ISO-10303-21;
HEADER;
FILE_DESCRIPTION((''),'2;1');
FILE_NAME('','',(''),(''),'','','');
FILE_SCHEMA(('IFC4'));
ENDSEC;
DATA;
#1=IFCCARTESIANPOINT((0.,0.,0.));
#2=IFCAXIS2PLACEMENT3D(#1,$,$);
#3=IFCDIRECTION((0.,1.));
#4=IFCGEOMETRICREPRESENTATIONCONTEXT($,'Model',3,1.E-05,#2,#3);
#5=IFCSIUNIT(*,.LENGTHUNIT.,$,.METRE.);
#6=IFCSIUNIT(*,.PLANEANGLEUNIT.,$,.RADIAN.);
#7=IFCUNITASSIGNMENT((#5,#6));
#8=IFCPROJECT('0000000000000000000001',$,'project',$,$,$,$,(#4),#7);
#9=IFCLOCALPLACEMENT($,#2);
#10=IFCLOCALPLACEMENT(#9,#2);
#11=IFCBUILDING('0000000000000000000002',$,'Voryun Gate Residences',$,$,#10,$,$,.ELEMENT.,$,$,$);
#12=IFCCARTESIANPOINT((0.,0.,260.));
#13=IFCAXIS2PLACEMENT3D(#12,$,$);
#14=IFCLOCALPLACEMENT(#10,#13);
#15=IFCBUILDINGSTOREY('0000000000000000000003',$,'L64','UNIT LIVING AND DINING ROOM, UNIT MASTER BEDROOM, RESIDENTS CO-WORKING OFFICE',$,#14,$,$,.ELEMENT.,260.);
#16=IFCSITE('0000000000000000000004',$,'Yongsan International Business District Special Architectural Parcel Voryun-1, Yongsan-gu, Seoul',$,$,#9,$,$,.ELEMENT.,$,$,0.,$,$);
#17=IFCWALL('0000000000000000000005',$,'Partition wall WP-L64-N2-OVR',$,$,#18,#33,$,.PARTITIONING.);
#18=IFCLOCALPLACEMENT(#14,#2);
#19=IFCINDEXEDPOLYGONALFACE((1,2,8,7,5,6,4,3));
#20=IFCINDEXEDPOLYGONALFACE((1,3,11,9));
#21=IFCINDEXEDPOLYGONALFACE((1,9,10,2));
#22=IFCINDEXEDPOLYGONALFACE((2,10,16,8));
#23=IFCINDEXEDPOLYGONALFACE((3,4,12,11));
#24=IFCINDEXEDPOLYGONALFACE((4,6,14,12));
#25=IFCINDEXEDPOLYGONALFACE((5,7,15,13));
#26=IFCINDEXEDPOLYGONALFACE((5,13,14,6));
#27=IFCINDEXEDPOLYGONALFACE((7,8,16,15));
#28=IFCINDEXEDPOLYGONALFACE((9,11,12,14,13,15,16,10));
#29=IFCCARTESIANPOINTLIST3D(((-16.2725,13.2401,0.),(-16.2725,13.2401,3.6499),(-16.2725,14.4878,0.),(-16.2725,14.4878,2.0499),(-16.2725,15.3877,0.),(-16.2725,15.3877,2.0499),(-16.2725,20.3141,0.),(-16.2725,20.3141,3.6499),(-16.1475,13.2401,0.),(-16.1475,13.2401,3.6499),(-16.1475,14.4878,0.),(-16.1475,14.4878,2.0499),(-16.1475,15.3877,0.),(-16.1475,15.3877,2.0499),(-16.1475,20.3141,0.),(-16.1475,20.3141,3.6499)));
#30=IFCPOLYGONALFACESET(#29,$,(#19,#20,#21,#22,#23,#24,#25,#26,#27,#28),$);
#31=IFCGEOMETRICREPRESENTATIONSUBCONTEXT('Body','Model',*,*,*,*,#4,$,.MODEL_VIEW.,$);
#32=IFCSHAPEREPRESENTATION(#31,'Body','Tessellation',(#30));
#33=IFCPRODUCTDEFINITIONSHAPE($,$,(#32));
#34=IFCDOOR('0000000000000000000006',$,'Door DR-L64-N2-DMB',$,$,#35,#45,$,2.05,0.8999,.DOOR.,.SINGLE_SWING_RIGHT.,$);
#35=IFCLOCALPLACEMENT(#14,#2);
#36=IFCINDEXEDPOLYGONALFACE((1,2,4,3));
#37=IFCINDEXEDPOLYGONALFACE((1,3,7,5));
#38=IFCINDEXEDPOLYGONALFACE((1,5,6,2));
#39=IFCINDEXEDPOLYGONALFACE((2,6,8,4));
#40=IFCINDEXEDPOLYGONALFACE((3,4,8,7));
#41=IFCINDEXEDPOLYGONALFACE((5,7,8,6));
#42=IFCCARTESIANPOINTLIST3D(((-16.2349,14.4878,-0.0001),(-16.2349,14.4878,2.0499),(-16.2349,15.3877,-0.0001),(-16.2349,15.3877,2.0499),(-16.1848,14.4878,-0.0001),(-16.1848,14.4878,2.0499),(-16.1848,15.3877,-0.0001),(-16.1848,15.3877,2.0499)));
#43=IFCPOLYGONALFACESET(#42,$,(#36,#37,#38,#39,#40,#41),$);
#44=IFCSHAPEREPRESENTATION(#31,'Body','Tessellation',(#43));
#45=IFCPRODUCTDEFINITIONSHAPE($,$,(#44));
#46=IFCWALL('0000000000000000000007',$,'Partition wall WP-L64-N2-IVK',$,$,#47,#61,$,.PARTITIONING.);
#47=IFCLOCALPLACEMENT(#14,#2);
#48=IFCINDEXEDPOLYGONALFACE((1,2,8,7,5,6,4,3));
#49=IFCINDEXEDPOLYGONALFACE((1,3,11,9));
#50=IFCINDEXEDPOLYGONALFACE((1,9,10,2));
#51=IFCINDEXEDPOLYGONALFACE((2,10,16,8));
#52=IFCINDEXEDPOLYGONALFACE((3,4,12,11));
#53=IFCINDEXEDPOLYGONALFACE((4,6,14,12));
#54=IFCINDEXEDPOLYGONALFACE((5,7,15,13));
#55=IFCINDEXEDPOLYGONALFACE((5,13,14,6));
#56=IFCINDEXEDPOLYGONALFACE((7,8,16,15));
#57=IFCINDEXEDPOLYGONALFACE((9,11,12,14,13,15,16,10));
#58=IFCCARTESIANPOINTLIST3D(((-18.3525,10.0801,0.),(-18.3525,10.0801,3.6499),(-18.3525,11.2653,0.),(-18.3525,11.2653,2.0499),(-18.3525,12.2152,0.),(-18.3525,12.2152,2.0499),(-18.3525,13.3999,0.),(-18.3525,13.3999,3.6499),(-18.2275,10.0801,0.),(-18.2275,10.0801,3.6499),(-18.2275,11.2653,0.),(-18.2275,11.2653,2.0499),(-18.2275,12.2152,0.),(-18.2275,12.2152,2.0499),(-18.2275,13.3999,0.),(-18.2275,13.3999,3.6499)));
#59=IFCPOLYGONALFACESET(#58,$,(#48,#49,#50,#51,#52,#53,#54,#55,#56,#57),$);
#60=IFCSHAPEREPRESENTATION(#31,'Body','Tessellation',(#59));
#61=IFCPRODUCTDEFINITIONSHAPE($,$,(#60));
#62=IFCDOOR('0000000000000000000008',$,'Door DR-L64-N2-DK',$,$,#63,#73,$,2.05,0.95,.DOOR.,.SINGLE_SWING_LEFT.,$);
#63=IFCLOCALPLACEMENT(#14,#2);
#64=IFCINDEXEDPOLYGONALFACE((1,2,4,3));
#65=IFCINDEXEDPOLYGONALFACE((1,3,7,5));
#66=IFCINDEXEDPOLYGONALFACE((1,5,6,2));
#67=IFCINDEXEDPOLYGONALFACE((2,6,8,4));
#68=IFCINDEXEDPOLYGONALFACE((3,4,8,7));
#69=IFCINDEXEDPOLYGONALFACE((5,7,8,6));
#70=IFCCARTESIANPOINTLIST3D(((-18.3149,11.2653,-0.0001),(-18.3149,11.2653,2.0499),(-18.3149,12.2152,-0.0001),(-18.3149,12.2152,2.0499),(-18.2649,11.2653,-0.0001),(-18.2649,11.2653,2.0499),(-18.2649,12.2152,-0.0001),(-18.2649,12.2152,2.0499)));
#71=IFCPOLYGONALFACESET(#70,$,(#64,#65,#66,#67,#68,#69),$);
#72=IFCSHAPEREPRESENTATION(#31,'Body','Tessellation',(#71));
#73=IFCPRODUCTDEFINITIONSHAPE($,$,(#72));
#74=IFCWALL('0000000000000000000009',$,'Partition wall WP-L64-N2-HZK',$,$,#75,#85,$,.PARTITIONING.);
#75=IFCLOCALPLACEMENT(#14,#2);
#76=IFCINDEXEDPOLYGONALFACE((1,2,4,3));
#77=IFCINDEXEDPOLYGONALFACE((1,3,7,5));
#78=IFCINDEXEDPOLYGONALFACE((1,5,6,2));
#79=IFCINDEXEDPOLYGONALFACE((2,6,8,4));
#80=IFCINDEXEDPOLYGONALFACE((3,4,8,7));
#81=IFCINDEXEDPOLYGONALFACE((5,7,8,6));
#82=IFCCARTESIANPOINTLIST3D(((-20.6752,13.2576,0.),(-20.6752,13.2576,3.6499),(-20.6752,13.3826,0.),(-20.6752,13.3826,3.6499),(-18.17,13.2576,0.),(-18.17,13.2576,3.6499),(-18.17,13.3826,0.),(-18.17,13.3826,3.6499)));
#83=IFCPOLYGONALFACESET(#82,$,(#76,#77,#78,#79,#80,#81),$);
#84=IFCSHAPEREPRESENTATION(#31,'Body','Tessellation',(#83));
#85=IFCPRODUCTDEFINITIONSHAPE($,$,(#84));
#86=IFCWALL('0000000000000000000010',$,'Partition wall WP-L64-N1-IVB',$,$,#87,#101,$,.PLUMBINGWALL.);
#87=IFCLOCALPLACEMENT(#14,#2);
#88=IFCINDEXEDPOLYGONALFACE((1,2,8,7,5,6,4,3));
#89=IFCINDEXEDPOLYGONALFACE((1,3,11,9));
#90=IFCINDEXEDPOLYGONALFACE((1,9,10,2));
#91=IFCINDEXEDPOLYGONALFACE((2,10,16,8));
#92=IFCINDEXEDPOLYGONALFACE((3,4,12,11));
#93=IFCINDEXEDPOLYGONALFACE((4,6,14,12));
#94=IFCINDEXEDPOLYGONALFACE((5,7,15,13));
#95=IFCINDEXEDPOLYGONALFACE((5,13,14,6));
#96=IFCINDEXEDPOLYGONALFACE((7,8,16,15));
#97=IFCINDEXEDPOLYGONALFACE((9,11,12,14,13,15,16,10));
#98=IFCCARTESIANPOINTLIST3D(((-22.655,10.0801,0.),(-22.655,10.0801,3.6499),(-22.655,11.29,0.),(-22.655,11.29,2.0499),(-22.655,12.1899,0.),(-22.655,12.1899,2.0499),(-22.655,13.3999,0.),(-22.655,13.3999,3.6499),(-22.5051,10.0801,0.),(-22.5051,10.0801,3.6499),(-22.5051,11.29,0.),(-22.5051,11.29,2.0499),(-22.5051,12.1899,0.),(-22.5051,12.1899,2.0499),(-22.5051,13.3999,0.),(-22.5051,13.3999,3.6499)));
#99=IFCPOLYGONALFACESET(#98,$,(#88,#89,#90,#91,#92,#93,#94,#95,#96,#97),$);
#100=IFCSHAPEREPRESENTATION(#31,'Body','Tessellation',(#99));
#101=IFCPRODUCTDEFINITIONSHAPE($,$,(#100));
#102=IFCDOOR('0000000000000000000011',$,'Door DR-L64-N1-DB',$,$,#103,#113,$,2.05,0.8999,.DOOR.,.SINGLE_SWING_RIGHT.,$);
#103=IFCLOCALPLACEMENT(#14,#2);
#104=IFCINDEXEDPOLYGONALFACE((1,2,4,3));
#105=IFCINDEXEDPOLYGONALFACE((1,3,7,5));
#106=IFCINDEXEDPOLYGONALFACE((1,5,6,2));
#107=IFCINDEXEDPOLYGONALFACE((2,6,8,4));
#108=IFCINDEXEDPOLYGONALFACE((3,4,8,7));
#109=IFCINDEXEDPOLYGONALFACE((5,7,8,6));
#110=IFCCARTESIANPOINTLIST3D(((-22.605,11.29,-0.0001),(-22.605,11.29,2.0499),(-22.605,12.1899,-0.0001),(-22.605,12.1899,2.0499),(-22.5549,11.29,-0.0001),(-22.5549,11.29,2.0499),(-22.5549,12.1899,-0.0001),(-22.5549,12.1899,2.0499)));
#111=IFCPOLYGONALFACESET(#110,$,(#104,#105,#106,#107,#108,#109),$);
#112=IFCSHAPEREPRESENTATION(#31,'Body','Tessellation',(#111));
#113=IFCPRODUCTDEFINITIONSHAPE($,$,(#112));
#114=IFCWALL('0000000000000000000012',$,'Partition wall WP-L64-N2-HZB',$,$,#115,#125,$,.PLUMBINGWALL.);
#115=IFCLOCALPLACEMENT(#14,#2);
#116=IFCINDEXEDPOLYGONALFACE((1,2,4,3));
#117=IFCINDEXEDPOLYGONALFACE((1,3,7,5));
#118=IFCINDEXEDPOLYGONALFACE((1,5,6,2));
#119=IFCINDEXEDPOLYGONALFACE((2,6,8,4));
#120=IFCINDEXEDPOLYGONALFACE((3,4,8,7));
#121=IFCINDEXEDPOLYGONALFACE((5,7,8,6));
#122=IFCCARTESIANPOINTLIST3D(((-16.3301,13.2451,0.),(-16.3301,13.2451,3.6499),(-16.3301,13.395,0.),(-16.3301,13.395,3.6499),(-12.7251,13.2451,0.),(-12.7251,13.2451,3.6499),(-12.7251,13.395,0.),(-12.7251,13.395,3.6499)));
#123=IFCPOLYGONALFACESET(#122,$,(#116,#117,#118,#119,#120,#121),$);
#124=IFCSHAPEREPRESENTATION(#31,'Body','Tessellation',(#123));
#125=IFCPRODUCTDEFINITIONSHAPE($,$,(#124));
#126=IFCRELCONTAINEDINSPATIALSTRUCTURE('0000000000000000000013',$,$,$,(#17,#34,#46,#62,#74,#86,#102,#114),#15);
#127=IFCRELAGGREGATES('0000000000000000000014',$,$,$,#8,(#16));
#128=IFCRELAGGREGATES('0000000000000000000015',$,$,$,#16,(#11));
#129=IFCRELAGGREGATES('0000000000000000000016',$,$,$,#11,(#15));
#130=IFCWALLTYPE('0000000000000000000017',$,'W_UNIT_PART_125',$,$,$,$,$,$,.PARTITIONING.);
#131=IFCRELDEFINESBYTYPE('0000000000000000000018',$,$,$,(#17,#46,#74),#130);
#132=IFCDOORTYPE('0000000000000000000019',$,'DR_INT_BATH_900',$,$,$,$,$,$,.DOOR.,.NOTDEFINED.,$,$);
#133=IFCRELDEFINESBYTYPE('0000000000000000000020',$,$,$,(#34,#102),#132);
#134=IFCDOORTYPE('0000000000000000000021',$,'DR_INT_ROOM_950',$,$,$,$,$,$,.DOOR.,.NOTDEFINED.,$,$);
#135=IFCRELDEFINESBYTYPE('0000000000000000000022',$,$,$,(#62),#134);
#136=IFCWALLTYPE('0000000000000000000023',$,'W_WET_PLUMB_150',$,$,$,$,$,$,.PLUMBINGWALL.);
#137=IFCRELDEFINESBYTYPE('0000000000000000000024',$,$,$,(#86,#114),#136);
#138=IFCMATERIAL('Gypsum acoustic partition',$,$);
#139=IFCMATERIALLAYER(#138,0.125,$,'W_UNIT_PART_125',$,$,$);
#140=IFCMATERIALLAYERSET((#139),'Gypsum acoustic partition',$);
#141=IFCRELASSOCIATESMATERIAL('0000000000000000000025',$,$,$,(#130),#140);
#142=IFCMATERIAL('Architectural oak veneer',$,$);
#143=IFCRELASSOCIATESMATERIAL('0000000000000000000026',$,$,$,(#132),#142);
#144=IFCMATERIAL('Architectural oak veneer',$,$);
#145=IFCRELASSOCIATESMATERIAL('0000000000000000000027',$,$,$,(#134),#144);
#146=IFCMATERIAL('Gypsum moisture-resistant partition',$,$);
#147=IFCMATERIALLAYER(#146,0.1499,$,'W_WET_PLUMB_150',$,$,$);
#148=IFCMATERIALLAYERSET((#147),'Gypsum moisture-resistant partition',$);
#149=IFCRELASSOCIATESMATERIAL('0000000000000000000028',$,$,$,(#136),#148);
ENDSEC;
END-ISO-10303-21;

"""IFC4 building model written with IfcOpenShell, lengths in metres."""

from ifc_helpers import new_model, si_unit, direction, frame, frame_2d, origin, place, context, subcontext, project, spatial, rectangle, extrude, material, layer, layer_set, type_object, element, fill, save


model = new_model("IFC4")

# Units and contexts
model_context = context("Model", 3, precision=1e-05, world=origin(), true_north=direction((0.0, 1.0)))
body_context = subcontext(model_context, "Body", "Model", "MODEL_VIEW")
ifc_project = project(units=[si_unit("LENGTHUNIT", "METRE"), si_unit("PLANEANGLEUNIT", "RADIAN")], contexts=[model_context])

# Site, building, storey
site_placement = place(None, origin())
site = spatial("IfcSite", under=ifc_project, at=site_placement, Name="Yongsan International Business District Special Architectural Parcel Voryun-1, Yongsan-gu, Seoul", CompositionType="ELEMENT", RefElevation=0.0)
building_placement = place(site_placement, origin())
building = spatial("IfcBuilding", under=site, at=building_placement, Name="Voryun Gate Residences", CompositionType="ELEMENT")
storey_placement = place(building_placement, frame((0.0, 0.0, 260.0)))
storey = spatial("IfcBuildingStorey", under=building, at=storey_placement, Name="L64", Description="UNIT LIVING AND DINING ROOM, UNIT MASTER BEDROOM, RESIDENTS CO-WORKING OFFICE", CompositionType="ELEMENT", Elevation=260.0)

# Walls, openings, doors
ifc_material_1 = material(Name="Gypsum acoustic partition")
ifc_layer_1 = layer(ifc_material_1, 0.125, Name="W_UNIT_PART_125")
ifc_layer_set_1 = layer_set([ifc_layer_1], Name="Gypsum acoustic partition")
wall_type_1 = type_object("IfcWallType", Name="W_UNIT_PART_125", PredefinedType="PARTITIONING", material=ifc_layer_set_1)
wall_1_placement = place(storey_placement, frame((-16.21, 13.24, 0.0), z_axis=(0.0, 0.0, 1.0), x_axis=(0.0, 1.0, 0.0)))
wall_1 = element("IfcWall", 1, at=wall_1_placement, inside=storey, type_object=wall_type_1, Name="Partition wall WP-L64-N2-OVR", PredefinedType="PARTITIONING", context=body_context, shape_type="SweptSolid", body=[
    extrude(rectangle(XDim=7.074, YDim=0.125, at=frame_2d((3.5371, 0.0))), origin(), (0.0, 0.0, 1.0), 3.6499),
])
opening_1_placement = place(wall_1_placement, frame((1.2478, 0.0, 0.0)))
opening_1 = element("IfcOpeningElement", 2, at=opening_1_placement, cuts=wall_1, PredefinedType="OPENING", context=body_context, shape_type="SweptSolid", body=[
    extrude(rectangle(XDim=0.8999, YDim=2.05, at=frame_2d((0.45, 1.0249))), frame((0.0, 0.0725, 0.0), z_axis=(0.0, -1.0, 0.0), x_axis=(1.0, 0.0, 0.0)), (0.0, 0.0, 1.0), 0.145),
])
ifc_material_2 = material(Name="Architectural oak veneer")
door_type_1 = type_object("IfcDoorType", Name="DR_INT_BATH_900", OperationType="NOTDEFINED", PredefinedType="DOOR", material=ifc_material_2)
door_1_placement = place(opening_1_placement, origin())
door_1 = element("IfcDoor", 3, at=door_1_placement, inside=storey, type_object=door_type_1, Name="Door DR-L64-N2-DMB", OperationType="SINGLE_SWING_RIGHT", OverallHeight=2.05, OverallWidth=0.8999, PredefinedType="DOOR", context=body_context, shape_type="SweptSolid", body=[
    extrude(rectangle(XDim=0.8999, YDim=2.05, at=frame_2d((0.45, 1.0249))), frame((0.0, 0.0249, 0.0), z_axis=(0.0, -1.0, 0.0), x_axis=(1.0, 0.0, 0.0)), (0.0, 0.0, 1.0), 0.05),
])
fill(opening_1, door_1)
wall_2_placement = place(storey_placement, frame((-18.29, 10.0801, 0.0), z_axis=(0.0, 0.0, 1.0), x_axis=(0.0, 1.0, 0.0)))
wall_2 = element("IfcWall", 4, at=wall_2_placement, inside=storey, type_object=wall_type_1, Name="Partition wall WP-L64-N2-IVK", PredefinedType="PARTITIONING", context=body_context, shape_type="SweptSolid", body=[
    extrude(rectangle(XDim=3.3198, YDim=0.125, at=frame_2d((1.6599, 0.0))), origin(), (0.0, 0.0, 1.0), 3.6499),
])
opening_2_placement = place(wall_2_placement, frame((1.1851, 0.0, 0.0)))
opening_2 = element("IfcOpeningElement", 5, at=opening_2_placement, cuts=wall_2, PredefinedType="OPENING", context=body_context, shape_type="SweptSolid", body=[
    extrude(rectangle(XDim=0.95, YDim=2.05, at=frame_2d((0.4751, 1.0249))), frame((0.0, 0.0725, 0.0), z_axis=(0.0, -1.0, 0.0), x_axis=(1.0, 0.0, 0.0)), (0.0, 0.0, 1.0), 0.145),
])
ifc_material_3 = material(Name="Architectural oak veneer")
door_type_2 = type_object("IfcDoorType", Name="DR_INT_ROOM_950", OperationType="NOTDEFINED", PredefinedType="DOOR", material=ifc_material_3)
door_2_placement = place(opening_2_placement, origin())
door_2 = element("IfcDoor", 6, at=door_2_placement, inside=storey, type_object=door_type_2, Name="Door DR-L64-N2-DK", OperationType="SINGLE_SWING_LEFT", OverallHeight=2.05, OverallWidth=0.95, PredefinedType="DOOR", context=body_context, shape_type="SweptSolid", body=[
    extrude(rectangle(XDim=0.95, YDim=2.05, at=frame_2d((0.4751, 1.0249))), frame((0.0, 0.0249, 0.0), z_axis=(0.0, -1.0, 0.0), x_axis=(1.0, 0.0, 0.0)), (0.0, 0.0, 1.0), 0.05),
])
fill(opening_2, door_2)

# Wall
wall_3_placement = place(storey_placement, frame((-20.675, 13.3201, 0.0), z_axis=(0.0, 0.0, 1.0), x_axis=(1.0, 0.0, 0.0)))
element("IfcWall", 7, at=wall_3_placement, inside=storey, type_object=wall_type_1, Name="Partition wall WP-L64-N2-HZK", PredefinedType="PARTITIONING", context=body_context, shape_type="SweptSolid", body=[
    extrude(rectangle(XDim=2.5051, YDim=0.125, at=frame_2d((1.2524, 0.0))), origin(), (0.0, 0.0, 1.0), 3.6499),
])

# Wall, opening, door
ifc_material_4 = material(Name="Gypsum moisture-resistant partition")
ifc_layer_2 = layer(ifc_material_4, 0.1499, Name="W_WET_PLUMB_150")
ifc_layer_set_2 = layer_set([ifc_layer_2], Name="Gypsum moisture-resistant partition")
wall_type_2 = type_object("IfcWallType", Name="W_WET_PLUMB_150", PredefinedType="PLUMBINGWALL", material=ifc_layer_set_2)
wall_4_placement = place(storey_placement, frame((-22.5801, 10.0801, 0.0), z_axis=(0.0, 0.0, 1.0), x_axis=(0.0, 1.0, 0.0)))
wall_4 = element("IfcWall", 8, at=wall_4_placement, inside=storey, type_object=wall_type_2, Name="Partition wall WP-L64-N1-IVB", PredefinedType="PLUMBINGWALL", context=body_context, shape_type="SweptSolid", body=[
    extrude(rectangle(XDim=3.3198, YDim=0.1499, at=frame_2d((1.6599, 0.0))), origin(), (0.0, 0.0, 1.0), 3.6499),
])
opening_3_placement = place(wall_4_placement, frame((1.21, 0.0, 0.0)))
opening_3 = element("IfcOpeningElement", 9, at=opening_3_placement, cuts=wall_4, PredefinedType="OPENING", context=body_context, shape_type="SweptSolid", body=[
    extrude(rectangle(XDim=0.8999, YDim=2.05, at=frame_2d((0.45, 1.0249))), frame((0.0, 0.085, 0.0), z_axis=(0.0, -1.0, 0.0), x_axis=(1.0, 0.0, 0.0)), (0.0, 0.0, 1.0), 0.1699),
])
door_3_placement = place(opening_3_placement, origin())
door_3 = element("IfcDoor", 10, at=door_3_placement, inside=storey, type_object=door_type_1, Name="Door DR-L64-N1-DB", OperationType="SINGLE_SWING_RIGHT", OverallHeight=2.05, OverallWidth=0.8999, PredefinedType="DOOR", context=body_context, shape_type="SweptSolid", body=[
    extrude(rectangle(XDim=0.8999, YDim=2.05, at=frame_2d((0.45, 1.0249))), frame((0.0, 0.0249, 0.0), z_axis=(0.0, -1.0, 0.0), x_axis=(1.0, 0.0, 0.0)), (0.0, 0.0, 1.0), 0.05),
])
fill(opening_3, door_3)

# Wall
wall_5_placement = place(storey_placement, frame((-16.3301, 13.3201, 0.0), z_axis=(0.0, 0.0, 1.0), x_axis=(1.0, 0.0, 0.0)))
element("IfcWall", 11, at=wall_5_placement, inside=storey, type_object=wall_type_2, Name="Partition wall WP-L64-N2-HZB", PredefinedType="PLUMBINGWALL", context=body_context, shape_type="SweptSolid", body=[
    extrude(rectangle(XDim=3.605, YDim=0.1499, at=frame_2d((1.8025, 0.0))), origin(), (0.0, 0.0, 1.0), 3.6499),
])

save(model, "model.ifc")
